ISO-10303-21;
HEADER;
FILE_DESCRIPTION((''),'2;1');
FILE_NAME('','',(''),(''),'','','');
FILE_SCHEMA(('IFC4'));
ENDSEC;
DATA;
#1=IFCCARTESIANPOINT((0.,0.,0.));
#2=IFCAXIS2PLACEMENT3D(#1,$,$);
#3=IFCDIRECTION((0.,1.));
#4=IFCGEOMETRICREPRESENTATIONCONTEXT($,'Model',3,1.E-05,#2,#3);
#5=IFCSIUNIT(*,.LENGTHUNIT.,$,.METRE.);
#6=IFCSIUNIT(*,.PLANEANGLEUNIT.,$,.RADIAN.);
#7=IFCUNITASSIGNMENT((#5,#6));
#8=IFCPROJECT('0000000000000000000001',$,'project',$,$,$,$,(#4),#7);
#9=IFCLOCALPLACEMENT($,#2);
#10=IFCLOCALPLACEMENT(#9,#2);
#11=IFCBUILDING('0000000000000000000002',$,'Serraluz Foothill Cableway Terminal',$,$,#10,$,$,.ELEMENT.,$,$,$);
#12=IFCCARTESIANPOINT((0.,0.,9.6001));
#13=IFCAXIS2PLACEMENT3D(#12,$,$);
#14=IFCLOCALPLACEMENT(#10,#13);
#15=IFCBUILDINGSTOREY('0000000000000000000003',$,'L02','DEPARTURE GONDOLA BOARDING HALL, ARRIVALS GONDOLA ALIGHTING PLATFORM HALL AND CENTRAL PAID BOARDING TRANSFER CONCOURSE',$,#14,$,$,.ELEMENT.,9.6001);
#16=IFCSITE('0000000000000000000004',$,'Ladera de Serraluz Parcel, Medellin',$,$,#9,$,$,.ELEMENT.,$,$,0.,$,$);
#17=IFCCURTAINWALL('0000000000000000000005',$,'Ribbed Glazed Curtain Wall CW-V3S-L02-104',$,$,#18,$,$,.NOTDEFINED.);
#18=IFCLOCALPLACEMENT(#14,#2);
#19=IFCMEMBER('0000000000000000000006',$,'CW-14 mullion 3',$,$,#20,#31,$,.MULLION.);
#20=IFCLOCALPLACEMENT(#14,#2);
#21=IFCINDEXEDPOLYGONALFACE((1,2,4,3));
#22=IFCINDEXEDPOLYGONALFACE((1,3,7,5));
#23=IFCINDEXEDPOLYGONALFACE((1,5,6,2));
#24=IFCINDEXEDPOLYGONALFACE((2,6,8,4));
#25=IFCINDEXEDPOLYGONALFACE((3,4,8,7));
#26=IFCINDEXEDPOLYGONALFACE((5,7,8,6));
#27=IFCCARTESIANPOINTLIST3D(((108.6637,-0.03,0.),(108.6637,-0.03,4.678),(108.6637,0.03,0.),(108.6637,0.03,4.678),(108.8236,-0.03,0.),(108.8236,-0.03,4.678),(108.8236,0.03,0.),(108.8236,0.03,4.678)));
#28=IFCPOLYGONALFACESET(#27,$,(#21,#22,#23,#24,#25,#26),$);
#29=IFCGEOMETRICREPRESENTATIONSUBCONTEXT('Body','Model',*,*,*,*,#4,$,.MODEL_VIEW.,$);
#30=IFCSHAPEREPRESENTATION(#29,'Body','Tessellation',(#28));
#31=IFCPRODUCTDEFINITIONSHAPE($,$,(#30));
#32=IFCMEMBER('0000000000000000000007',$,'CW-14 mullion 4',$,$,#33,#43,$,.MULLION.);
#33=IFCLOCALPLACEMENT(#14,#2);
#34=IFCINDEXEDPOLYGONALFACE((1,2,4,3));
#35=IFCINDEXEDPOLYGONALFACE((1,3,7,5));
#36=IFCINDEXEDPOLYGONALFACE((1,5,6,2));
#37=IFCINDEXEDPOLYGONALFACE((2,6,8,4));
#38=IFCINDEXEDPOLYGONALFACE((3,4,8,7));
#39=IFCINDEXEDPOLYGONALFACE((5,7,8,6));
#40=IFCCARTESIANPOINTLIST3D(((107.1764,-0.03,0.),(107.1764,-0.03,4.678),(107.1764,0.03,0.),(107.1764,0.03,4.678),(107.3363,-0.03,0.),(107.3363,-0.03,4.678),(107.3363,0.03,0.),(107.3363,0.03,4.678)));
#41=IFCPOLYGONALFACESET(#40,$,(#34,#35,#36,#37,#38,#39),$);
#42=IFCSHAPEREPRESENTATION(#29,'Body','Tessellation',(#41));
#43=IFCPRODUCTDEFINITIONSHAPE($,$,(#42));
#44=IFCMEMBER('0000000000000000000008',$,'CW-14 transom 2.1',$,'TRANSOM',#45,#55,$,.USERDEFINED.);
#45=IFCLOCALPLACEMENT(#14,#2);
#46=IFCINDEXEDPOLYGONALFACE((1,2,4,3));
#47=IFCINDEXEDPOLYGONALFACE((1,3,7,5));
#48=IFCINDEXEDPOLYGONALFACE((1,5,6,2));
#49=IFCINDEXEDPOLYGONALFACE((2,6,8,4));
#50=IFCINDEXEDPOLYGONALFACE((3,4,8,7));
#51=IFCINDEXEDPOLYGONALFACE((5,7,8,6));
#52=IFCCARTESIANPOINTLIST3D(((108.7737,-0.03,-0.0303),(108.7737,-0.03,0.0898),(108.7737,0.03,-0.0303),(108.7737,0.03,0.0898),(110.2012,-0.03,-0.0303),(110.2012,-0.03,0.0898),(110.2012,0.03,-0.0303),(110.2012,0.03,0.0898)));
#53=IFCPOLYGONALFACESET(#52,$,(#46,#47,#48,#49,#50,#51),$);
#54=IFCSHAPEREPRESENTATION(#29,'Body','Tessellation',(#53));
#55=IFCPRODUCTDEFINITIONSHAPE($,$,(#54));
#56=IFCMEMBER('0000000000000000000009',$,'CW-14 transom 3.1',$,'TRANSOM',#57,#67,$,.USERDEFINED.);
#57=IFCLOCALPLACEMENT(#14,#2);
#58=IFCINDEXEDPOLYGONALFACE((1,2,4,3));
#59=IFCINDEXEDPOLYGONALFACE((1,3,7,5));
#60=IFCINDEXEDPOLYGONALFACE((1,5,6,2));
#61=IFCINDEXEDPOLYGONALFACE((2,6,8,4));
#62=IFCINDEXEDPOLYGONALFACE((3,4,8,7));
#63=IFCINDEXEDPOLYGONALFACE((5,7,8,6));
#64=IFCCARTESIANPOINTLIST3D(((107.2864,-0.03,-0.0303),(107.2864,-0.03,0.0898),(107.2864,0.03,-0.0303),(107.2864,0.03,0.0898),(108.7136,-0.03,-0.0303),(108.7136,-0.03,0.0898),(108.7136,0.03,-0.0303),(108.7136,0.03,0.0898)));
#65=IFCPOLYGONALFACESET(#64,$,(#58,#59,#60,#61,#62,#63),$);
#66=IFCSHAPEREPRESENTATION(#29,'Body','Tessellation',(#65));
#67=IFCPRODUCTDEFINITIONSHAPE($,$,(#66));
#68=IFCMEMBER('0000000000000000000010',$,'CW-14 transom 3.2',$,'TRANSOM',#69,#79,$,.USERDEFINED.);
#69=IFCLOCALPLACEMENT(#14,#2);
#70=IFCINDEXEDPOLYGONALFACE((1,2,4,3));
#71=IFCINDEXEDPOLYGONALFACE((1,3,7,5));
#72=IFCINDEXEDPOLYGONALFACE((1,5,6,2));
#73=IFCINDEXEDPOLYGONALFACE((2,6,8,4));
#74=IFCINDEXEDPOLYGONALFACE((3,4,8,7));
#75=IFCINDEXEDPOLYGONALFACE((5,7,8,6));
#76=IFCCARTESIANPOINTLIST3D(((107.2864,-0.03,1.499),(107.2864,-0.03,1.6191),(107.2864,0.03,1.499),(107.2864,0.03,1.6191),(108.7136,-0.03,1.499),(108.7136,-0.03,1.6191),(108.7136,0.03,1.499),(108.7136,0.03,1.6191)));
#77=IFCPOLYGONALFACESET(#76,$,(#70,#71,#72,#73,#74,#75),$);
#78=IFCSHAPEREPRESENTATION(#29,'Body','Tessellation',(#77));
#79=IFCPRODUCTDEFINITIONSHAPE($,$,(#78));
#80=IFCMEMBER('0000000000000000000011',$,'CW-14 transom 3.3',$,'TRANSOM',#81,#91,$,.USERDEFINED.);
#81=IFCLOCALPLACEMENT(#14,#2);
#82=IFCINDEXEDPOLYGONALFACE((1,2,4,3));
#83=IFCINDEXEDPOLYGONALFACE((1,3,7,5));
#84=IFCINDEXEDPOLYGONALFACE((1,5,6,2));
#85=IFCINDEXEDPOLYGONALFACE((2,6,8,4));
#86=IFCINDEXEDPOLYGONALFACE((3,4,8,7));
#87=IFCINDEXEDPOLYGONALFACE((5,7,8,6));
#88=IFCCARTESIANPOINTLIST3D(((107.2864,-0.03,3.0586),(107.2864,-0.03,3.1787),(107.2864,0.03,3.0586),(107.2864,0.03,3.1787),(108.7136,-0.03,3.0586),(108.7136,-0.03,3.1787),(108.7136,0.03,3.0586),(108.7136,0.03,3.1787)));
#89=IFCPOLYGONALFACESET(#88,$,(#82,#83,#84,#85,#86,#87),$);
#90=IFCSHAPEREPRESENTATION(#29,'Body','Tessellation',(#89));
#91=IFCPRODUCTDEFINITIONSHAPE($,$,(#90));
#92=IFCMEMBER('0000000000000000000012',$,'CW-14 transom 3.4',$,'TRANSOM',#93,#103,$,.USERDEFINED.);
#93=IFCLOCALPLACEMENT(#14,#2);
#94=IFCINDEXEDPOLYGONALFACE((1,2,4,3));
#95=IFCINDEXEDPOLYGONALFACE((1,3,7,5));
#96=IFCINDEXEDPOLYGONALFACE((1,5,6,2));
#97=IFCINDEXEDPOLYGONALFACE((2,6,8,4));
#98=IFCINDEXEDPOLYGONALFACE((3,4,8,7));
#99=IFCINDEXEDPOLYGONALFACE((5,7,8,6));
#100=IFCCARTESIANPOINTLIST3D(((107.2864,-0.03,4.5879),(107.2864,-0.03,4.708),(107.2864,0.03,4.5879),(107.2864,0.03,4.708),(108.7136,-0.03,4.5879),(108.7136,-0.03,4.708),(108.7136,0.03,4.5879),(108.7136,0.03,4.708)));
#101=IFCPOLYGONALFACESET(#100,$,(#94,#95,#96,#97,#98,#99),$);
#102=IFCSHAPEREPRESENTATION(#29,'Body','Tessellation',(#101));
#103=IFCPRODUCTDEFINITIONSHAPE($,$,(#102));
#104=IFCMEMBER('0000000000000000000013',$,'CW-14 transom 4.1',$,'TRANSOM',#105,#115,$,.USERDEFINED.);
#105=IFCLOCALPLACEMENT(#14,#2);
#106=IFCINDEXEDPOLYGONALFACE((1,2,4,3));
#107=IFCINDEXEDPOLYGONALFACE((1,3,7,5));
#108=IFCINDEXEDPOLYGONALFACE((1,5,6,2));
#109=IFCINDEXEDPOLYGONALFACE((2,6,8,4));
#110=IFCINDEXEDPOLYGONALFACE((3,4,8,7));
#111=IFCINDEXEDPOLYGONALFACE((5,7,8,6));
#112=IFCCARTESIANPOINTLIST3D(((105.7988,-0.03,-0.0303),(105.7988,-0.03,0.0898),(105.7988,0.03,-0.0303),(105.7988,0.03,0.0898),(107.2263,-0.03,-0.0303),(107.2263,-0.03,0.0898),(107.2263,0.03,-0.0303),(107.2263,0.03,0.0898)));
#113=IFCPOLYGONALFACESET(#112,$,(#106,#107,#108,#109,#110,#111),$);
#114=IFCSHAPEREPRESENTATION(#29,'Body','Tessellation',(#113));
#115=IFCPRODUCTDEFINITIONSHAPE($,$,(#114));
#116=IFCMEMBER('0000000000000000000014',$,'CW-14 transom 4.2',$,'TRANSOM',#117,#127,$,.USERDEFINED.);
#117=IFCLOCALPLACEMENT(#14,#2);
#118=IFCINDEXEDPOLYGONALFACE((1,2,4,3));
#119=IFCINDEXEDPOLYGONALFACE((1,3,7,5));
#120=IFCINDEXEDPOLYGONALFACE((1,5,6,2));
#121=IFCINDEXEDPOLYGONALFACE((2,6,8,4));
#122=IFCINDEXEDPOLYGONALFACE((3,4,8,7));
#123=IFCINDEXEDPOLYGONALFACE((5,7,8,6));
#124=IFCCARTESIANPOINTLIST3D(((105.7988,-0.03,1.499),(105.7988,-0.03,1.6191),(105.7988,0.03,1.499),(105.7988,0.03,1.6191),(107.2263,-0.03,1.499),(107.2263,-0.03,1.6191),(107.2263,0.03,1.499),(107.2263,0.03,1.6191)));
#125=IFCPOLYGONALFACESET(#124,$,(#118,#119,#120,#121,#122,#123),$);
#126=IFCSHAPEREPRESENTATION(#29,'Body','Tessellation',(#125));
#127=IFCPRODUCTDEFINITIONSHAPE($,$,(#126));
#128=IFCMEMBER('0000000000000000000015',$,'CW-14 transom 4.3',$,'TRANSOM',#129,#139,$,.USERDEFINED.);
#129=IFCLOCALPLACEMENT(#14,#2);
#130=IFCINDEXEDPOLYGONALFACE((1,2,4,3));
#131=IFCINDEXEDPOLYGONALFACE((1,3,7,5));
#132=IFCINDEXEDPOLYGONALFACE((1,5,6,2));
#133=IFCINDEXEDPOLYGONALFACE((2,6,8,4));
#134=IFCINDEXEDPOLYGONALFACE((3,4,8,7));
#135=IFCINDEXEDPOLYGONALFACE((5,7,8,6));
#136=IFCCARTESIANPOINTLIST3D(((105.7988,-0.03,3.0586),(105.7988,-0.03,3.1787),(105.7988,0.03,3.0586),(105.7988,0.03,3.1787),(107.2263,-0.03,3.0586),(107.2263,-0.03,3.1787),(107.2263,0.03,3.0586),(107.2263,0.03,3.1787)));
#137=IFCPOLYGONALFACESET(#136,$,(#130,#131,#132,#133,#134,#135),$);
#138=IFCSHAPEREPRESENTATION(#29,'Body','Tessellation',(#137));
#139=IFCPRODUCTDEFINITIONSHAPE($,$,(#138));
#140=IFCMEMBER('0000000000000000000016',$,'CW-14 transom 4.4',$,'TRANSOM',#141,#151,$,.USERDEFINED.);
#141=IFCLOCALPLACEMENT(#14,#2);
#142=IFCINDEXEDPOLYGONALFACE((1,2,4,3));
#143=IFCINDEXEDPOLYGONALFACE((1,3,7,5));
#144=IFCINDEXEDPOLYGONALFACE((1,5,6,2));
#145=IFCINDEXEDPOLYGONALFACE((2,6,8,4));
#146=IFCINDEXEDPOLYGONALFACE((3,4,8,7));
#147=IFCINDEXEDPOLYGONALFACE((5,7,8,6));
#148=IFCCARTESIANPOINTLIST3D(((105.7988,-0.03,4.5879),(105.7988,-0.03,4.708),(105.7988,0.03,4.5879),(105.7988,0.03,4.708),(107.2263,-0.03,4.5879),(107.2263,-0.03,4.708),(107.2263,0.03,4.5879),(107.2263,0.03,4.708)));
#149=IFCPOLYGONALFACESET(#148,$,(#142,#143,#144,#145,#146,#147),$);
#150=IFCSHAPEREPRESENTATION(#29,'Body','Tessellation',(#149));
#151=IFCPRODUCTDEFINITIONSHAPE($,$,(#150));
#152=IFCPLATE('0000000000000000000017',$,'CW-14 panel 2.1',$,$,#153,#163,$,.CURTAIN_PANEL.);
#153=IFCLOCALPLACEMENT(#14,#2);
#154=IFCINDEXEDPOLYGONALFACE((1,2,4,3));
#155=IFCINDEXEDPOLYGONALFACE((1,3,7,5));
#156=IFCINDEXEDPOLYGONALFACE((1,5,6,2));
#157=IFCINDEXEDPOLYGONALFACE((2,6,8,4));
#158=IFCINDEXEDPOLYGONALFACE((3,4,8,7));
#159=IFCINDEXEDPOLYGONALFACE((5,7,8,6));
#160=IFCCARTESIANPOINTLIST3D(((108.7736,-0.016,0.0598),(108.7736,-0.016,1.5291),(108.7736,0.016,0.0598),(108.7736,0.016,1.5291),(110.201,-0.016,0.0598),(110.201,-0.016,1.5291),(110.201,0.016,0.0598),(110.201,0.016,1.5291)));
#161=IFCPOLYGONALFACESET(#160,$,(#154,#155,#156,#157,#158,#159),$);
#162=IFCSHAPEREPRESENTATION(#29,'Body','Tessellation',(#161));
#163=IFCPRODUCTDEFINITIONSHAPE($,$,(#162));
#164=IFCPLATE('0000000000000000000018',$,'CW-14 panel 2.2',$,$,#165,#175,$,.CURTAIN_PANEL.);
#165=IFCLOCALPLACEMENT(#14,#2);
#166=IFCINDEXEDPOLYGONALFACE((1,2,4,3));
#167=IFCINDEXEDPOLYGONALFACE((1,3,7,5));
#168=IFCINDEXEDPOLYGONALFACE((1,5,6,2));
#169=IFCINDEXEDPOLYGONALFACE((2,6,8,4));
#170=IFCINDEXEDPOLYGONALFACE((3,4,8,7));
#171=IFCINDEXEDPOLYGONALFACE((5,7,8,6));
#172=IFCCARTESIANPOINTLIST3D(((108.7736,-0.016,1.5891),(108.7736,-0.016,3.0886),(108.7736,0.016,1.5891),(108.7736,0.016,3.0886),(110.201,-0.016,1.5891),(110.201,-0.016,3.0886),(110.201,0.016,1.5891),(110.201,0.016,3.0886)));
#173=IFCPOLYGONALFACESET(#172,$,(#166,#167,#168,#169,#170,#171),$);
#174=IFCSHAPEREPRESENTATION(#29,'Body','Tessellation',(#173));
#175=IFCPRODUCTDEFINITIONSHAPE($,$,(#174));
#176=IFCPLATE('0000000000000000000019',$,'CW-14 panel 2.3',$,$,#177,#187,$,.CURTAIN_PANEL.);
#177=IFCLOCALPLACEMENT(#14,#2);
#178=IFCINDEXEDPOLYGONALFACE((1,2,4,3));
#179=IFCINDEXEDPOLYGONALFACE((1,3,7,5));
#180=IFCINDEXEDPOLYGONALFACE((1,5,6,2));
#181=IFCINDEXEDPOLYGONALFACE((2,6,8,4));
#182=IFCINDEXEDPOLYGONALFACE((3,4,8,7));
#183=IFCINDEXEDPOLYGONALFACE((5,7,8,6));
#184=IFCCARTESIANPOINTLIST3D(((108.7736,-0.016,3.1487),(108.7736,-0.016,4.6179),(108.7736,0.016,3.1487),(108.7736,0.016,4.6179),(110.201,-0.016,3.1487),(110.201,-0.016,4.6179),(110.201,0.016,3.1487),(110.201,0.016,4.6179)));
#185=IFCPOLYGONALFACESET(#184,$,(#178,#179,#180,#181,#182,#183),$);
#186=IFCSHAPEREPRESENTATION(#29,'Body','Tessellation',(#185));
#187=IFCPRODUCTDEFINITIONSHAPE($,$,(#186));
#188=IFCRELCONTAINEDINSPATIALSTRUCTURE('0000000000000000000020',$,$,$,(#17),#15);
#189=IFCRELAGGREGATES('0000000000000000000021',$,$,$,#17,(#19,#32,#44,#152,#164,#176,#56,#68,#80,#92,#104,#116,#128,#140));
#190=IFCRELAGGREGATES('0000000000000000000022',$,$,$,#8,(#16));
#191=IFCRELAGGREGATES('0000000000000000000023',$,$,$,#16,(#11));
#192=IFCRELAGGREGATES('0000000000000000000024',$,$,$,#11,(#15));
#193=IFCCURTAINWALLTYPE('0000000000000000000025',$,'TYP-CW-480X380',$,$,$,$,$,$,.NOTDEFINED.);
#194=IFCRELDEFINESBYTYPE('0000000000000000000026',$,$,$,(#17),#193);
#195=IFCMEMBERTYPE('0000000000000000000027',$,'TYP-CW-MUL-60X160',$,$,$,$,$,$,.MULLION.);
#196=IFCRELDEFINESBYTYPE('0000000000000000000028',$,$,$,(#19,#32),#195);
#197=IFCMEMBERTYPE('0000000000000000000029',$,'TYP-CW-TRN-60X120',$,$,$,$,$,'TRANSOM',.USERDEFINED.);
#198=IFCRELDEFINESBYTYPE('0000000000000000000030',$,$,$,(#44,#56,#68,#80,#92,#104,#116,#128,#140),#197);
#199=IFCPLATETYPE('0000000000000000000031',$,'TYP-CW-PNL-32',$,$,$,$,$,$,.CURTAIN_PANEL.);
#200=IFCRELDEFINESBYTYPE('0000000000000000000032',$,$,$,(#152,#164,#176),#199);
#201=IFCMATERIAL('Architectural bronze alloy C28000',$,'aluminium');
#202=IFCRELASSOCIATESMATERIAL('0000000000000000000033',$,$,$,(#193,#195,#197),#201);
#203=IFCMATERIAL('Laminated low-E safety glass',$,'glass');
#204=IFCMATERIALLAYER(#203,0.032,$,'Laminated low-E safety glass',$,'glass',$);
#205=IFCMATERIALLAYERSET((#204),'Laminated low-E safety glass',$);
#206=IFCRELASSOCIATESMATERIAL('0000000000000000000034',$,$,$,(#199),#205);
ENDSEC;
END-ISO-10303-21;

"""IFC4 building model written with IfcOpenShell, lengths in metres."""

from ifc_helpers import new_model, si_unit, direction, frame, origin, origin_2d, place, context, subcontext, project, spatial, rectangle, extrude, material, layer, layer_set, material_profile, profile_set, type_object, element, aggregate, save


model = new_model("IFC4")

# Units and contexts
model_context = context("Model", 3, precision=1e-05, world=origin(), true_north=direction((0.0, 1.0)))
body_context = subcontext(model_context, "Body", "Model", "MODEL_VIEW")
ifc_project = project(units=[si_unit("LENGTHUNIT", "METRE"), si_unit("PLANEANGLEUNIT", "RADIAN")], contexts=[model_context])

# Site, building, storey
site_placement = place(None, origin())
site = spatial("IfcSite", under=ifc_project, at=site_placement, Name="Ladera de Serraluz Parcel, Medellin", CompositionType="ELEMENT", RefElevation=0.0)
building_placement = place(site_placement, origin())
building = spatial("IfcBuilding", under=site, at=building_placement, Name="Serraluz Foothill Cableway Terminal", CompositionType="ELEMENT")
storey_placement = place(building_placement, frame((0.0, 0.0, 9.6001)))
storey = spatial("IfcBuildingStorey", under=building, at=storey_placement, Name="L02", Description="DEPARTURE GONDOLA BOARDING HALL, ARRIVALS GONDOLA ALIGHTING PLATFORM HALL AND CENTRAL PAID BOARDING TRANSFER CONCOURSE", CompositionType="ELEMENT", Elevation=9.6001)

# Curtain wall, members, plates
ifc_material_1 = material(Name="Architectural bronze alloy C28000", Category="aluminium")
curtain_wall_type = type_object("IfcCurtainWallType", Name="TYP-CW-480X380", PredefinedType="NOTDEFINED", material=ifc_material_1)
curtain_wall_placement = place(storey_placement, origin())
curtain_wall = element("IfcCurtainWall", 1, at=curtain_wall_placement, inside=storey, type_object=curtain_wall_type, Name="Ribbed Glazed Curtain Wall CW-V3S-L02-104", PredefinedType="NOTDEFINED")
ifc_material_profile_1 = material_profile(ifc_material_1, rectangle(XDim=0.0601, YDim=0.1599, at=origin_2d()), Name="ALU MULLION 60x160")
ifc_profile_set_1 = profile_set([ifc_material_profile_1], Name="Architectural bronze alloy C28000")
member_type_1 = type_object("IfcMemberType", Name="TYP-CW-MUL-60X160", PredefinedType="MULLION", material=ifc_profile_set_1)
member_1_placement = place(storey_placement, frame((108.7437, 0.0, 0.0), z_axis=(0.0, 0.0, 1.0), x_axis=(0.0, -1.0, 0.0)))
member_1 = element("IfcMember", 2, at=member_1_placement, type_object=member_type_1, Name="CW-14 mullion 3", PredefinedType="MULLION", context=body_context, shape_type="SweptSolid", body=[
    extrude(rectangle(XDim=0.0601, YDim=0.1599, at=origin_2d()), origin(), (0.0, 0.0, 1.0), 4.678),
])
member_2_placement = place(storey_placement, frame((107.2563, 0.0, 0.0), z_axis=(0.0, 0.0, 1.0), x_axis=(0.0, -1.0, 0.0)))
member_2 = element("IfcMember", 3, at=member_2_placement, type_object=member_type_1, Name="CW-14 mullion 4", PredefinedType="MULLION", context=body_context, shape_type="SweptSolid", body=[
    extrude(rectangle(XDim=0.0601, YDim=0.1599, at=origin_2d()), origin(), (0.0, 0.0, 1.0), 4.678),
])
ifc_material_profile_2 = material_profile(ifc_material_1, rectangle(XDim=0.0601, YDim=0.1201, at=origin_2d()), Name="ALU TRANSOM 60x120")
ifc_profile_set_2 = profile_set([ifc_material_profile_2], Name="Architectural bronze alloy C28000")
member_type_2 = type_object("IfcMemberType", Name="TYP-CW-TRN-60X120", ElementType="TRANSOM", PredefinedType="USERDEFINED", material=ifc_profile_set_2)
member_3_placement = place(storey_placement, frame((110.2012, 0.0, 0.0298), z_axis=(-1.0, 0.0, 0.0), x_axis=(0.0, -1.0, 0.0)))
member_3 = element("IfcMember", 4, at=member_3_placement, type_object=member_type_2, Name="CW-14 transom 2.1", ObjectType="TRANSOM", PredefinedType="USERDEFINED", context=body_context, shape_type="SweptSolid", body=[
    extrude(rectangle(XDim=0.0601, YDim=0.1201, at=origin_2d()), origin(), (0.0, 0.0, 1.0), 1.4275),
])
member_4_placement = place(storey_placement, frame((108.7136, 0.0, 0.0298), z_axis=(-1.0, 0.0, 0.0), x_axis=(0.0, -1.0, 0.0)))
member_4 = element("IfcMember", 5, at=member_4_placement, type_object=member_type_2, Name="CW-14 transom 3.1", ObjectType="TRANSOM", PredefinedType="USERDEFINED", context=body_context, shape_type="SweptSolid", body=[
    extrude(rectangle(XDim=0.0601, YDim=0.1201, at=origin_2d()), origin(), (0.0, 0.0, 1.0), 1.4272),
])
member_5_placement = place(storey_placement, frame((108.7136, 0.0, 1.5591), z_axis=(-1.0, 0.0, 0.0), x_axis=(0.0, -1.0, 0.0)))
member_5 = element("IfcMember", 6, at=member_5_placement, type_object=member_type_2, Name="CW-14 transom 3.2", ObjectType="TRANSOM", PredefinedType="USERDEFINED", context=body_context, shape_type="SweptSolid", body=[
    extrude(rectangle(XDim=0.0601, YDim=0.1201, at=origin_2d()), origin(), (0.0, 0.0, 1.0), 1.4272),
])
member_6_placement = place(storey_placement, frame((108.7136, 0.0, 3.1187), z_axis=(-1.0, 0.0, 0.0), x_axis=(0.0, -1.0, 0.0)))
member_6 = element("IfcMember", 7, at=member_6_placement, type_object=member_type_2, Name="CW-14 transom 3.3", ObjectType="TRANSOM", PredefinedType="USERDEFINED", context=body_context, shape_type="SweptSolid", body=[
    extrude(rectangle(XDim=0.0601, YDim=0.1201, at=origin_2d()), origin(), (0.0, 0.0, 1.0), 1.4272),
])
member_7_placement = place(storey_placement, frame((108.7136, 0.0, 4.6479), z_axis=(-1.0, 0.0, 0.0), x_axis=(0.0, -1.0, 0.0)))
member_7 = element("IfcMember", 8, at=member_7_placement, type_object=member_type_2, Name="CW-14 transom 3.4", ObjectType="TRANSOM", PredefinedType="USERDEFINED", context=body_context, shape_type="SweptSolid", body=[
    extrude(rectangle(XDim=0.0601, YDim=0.1201, at=origin_2d()), origin(), (0.0, 0.0, 1.0), 1.4272),
])
member_8_placement = place(storey_placement, frame((107.2263, 0.0, 0.0298), z_axis=(-1.0, 0.0, 0.0), x_axis=(0.0, -1.0, 0.0)))
member_8 = element("IfcMember", 9, at=member_8_placement, type_object=member_type_2, Name="CW-14 transom 4.1", ObjectType="TRANSOM", PredefinedType="USERDEFINED", context=body_context, shape_type="SweptSolid", body=[
    extrude(rectangle(XDim=0.0601, YDim=0.1201, at=origin_2d()), origin(), (0.0, 0.0, 1.0), 1.4275),
])
member_9_placement = place(storey_placement, frame((107.2263, 0.0, 1.5591), z_axis=(-1.0, 0.0, 0.0), x_axis=(0.0, -1.0, 0.0)))
member_9 = element("IfcMember", 10, at=member_9_placement, type_object=member_type_2, Name="CW-14 transom 4.2", ObjectType="TRANSOM", PredefinedType="USERDEFINED", context=body_context, shape_type="SweptSolid", body=[
    extrude(rectangle(XDim=0.0601, YDim=0.1201, at=origin_2d()), origin(), (0.0, 0.0, 1.0), 1.4275),
])
member_10_placement = place(storey_placement, frame((107.2263, 0.0, 3.1187), z_axis=(-1.0, 0.0, 0.0), x_axis=(0.0, -1.0, 0.0)))
member_10 = element("IfcMember", 11, at=member_10_placement, type_object=member_type_2, Name="CW-14 transom 4.3", ObjectType="TRANSOM", PredefinedType="USERDEFINED", context=body_context, shape_type="SweptSolid", body=[
    extrude(rectangle(XDim=0.0601, YDim=0.1201, at=origin_2d()), origin(), (0.0, 0.0, 1.0), 1.4275),
])
member_11_placement = place(storey_placement, frame((107.2263, 0.0, 4.6479), z_axis=(-1.0, 0.0, 0.0), x_axis=(0.0, -1.0, 0.0)))
member_11 = element("IfcMember", 12, at=member_11_placement, type_object=member_type_2, Name="CW-14 transom 4.4", ObjectType="TRANSOM", PredefinedType="USERDEFINED", context=body_context, shape_type="SweptSolid", body=[
    extrude(rectangle(XDim=0.0601, YDim=0.1201, at=origin_2d()), origin(), (0.0, 0.0, 1.0), 1.4275),
])
ifc_material_2 = material(Name="Laminated low-E safety glass", Category="glass")
ifc_layer = layer(ifc_material_2, 0.032, Name="Laminated low-E safety glass", Category="glass")
ifc_layer_set = layer_set([ifc_layer], Name="Laminated low-E safety glass")
plate_type = type_object("IfcPlateType", Name="TYP-CW-PNL-32", PredefinedType="CURTAIN_PANEL", material=ifc_layer_set)
plate_1_placement = place(storey_placement, frame((109.4873, 0.0, 0.0598), z_axis=(0.0, 0.0, 1.0), x_axis=(-1.0, 0.0, 0.0)))
plate_1 = element("IfcPlate", 13, at=plate_1_placement, type_object=plate_type, Name="CW-14 panel 2.1", PredefinedType="CURTAIN_PANEL", context=body_context, shape_type="SweptSolid", body=[
    extrude(rectangle(XDim=1.4275, YDim=0.032, at=origin_2d()), origin(), (0.0, 0.0, 1.0), 1.4692),
])
plate_2_placement = place(storey_placement, frame((109.4873, 0.0, 1.5891), z_axis=(0.0, 0.0, 1.0), x_axis=(-1.0, 0.0, 0.0)))
plate_2 = element("IfcPlate", 14, at=plate_2_placement, type_object=plate_type, Name="CW-14 panel 2.2", PredefinedType="CURTAIN_PANEL", context=body_context, shape_type="SweptSolid", body=[
    extrude(rectangle(XDim=1.4275, YDim=0.032, at=origin_2d()), origin(), (0.0, 0.0, 1.0), 1.4995),
])
plate_3_placement = place(storey_placement, frame((109.4873, 0.0, 3.1487), z_axis=(0.0, 0.0, 1.0), x_axis=(-1.0, 0.0, 0.0)))
plate_3 = element("IfcPlate", 15, at=plate_3_placement, type_object=plate_type, Name="CW-14 panel 2.3", PredefinedType="CURTAIN_PANEL", context=body_context, shape_type="SweptSolid", body=[
    extrude(rectangle(XDim=1.4275, YDim=0.032, at=origin_2d()), origin(), (0.0, 0.0, 1.0), 1.4692),
])
aggregate(curtain_wall, [member_1, member_2, member_3, plate_1, plate_2, plate_3, member_4, member_5, member_6, member_7, member_8, member_9, member_10, member_11])

save(model, "model.ifc")
